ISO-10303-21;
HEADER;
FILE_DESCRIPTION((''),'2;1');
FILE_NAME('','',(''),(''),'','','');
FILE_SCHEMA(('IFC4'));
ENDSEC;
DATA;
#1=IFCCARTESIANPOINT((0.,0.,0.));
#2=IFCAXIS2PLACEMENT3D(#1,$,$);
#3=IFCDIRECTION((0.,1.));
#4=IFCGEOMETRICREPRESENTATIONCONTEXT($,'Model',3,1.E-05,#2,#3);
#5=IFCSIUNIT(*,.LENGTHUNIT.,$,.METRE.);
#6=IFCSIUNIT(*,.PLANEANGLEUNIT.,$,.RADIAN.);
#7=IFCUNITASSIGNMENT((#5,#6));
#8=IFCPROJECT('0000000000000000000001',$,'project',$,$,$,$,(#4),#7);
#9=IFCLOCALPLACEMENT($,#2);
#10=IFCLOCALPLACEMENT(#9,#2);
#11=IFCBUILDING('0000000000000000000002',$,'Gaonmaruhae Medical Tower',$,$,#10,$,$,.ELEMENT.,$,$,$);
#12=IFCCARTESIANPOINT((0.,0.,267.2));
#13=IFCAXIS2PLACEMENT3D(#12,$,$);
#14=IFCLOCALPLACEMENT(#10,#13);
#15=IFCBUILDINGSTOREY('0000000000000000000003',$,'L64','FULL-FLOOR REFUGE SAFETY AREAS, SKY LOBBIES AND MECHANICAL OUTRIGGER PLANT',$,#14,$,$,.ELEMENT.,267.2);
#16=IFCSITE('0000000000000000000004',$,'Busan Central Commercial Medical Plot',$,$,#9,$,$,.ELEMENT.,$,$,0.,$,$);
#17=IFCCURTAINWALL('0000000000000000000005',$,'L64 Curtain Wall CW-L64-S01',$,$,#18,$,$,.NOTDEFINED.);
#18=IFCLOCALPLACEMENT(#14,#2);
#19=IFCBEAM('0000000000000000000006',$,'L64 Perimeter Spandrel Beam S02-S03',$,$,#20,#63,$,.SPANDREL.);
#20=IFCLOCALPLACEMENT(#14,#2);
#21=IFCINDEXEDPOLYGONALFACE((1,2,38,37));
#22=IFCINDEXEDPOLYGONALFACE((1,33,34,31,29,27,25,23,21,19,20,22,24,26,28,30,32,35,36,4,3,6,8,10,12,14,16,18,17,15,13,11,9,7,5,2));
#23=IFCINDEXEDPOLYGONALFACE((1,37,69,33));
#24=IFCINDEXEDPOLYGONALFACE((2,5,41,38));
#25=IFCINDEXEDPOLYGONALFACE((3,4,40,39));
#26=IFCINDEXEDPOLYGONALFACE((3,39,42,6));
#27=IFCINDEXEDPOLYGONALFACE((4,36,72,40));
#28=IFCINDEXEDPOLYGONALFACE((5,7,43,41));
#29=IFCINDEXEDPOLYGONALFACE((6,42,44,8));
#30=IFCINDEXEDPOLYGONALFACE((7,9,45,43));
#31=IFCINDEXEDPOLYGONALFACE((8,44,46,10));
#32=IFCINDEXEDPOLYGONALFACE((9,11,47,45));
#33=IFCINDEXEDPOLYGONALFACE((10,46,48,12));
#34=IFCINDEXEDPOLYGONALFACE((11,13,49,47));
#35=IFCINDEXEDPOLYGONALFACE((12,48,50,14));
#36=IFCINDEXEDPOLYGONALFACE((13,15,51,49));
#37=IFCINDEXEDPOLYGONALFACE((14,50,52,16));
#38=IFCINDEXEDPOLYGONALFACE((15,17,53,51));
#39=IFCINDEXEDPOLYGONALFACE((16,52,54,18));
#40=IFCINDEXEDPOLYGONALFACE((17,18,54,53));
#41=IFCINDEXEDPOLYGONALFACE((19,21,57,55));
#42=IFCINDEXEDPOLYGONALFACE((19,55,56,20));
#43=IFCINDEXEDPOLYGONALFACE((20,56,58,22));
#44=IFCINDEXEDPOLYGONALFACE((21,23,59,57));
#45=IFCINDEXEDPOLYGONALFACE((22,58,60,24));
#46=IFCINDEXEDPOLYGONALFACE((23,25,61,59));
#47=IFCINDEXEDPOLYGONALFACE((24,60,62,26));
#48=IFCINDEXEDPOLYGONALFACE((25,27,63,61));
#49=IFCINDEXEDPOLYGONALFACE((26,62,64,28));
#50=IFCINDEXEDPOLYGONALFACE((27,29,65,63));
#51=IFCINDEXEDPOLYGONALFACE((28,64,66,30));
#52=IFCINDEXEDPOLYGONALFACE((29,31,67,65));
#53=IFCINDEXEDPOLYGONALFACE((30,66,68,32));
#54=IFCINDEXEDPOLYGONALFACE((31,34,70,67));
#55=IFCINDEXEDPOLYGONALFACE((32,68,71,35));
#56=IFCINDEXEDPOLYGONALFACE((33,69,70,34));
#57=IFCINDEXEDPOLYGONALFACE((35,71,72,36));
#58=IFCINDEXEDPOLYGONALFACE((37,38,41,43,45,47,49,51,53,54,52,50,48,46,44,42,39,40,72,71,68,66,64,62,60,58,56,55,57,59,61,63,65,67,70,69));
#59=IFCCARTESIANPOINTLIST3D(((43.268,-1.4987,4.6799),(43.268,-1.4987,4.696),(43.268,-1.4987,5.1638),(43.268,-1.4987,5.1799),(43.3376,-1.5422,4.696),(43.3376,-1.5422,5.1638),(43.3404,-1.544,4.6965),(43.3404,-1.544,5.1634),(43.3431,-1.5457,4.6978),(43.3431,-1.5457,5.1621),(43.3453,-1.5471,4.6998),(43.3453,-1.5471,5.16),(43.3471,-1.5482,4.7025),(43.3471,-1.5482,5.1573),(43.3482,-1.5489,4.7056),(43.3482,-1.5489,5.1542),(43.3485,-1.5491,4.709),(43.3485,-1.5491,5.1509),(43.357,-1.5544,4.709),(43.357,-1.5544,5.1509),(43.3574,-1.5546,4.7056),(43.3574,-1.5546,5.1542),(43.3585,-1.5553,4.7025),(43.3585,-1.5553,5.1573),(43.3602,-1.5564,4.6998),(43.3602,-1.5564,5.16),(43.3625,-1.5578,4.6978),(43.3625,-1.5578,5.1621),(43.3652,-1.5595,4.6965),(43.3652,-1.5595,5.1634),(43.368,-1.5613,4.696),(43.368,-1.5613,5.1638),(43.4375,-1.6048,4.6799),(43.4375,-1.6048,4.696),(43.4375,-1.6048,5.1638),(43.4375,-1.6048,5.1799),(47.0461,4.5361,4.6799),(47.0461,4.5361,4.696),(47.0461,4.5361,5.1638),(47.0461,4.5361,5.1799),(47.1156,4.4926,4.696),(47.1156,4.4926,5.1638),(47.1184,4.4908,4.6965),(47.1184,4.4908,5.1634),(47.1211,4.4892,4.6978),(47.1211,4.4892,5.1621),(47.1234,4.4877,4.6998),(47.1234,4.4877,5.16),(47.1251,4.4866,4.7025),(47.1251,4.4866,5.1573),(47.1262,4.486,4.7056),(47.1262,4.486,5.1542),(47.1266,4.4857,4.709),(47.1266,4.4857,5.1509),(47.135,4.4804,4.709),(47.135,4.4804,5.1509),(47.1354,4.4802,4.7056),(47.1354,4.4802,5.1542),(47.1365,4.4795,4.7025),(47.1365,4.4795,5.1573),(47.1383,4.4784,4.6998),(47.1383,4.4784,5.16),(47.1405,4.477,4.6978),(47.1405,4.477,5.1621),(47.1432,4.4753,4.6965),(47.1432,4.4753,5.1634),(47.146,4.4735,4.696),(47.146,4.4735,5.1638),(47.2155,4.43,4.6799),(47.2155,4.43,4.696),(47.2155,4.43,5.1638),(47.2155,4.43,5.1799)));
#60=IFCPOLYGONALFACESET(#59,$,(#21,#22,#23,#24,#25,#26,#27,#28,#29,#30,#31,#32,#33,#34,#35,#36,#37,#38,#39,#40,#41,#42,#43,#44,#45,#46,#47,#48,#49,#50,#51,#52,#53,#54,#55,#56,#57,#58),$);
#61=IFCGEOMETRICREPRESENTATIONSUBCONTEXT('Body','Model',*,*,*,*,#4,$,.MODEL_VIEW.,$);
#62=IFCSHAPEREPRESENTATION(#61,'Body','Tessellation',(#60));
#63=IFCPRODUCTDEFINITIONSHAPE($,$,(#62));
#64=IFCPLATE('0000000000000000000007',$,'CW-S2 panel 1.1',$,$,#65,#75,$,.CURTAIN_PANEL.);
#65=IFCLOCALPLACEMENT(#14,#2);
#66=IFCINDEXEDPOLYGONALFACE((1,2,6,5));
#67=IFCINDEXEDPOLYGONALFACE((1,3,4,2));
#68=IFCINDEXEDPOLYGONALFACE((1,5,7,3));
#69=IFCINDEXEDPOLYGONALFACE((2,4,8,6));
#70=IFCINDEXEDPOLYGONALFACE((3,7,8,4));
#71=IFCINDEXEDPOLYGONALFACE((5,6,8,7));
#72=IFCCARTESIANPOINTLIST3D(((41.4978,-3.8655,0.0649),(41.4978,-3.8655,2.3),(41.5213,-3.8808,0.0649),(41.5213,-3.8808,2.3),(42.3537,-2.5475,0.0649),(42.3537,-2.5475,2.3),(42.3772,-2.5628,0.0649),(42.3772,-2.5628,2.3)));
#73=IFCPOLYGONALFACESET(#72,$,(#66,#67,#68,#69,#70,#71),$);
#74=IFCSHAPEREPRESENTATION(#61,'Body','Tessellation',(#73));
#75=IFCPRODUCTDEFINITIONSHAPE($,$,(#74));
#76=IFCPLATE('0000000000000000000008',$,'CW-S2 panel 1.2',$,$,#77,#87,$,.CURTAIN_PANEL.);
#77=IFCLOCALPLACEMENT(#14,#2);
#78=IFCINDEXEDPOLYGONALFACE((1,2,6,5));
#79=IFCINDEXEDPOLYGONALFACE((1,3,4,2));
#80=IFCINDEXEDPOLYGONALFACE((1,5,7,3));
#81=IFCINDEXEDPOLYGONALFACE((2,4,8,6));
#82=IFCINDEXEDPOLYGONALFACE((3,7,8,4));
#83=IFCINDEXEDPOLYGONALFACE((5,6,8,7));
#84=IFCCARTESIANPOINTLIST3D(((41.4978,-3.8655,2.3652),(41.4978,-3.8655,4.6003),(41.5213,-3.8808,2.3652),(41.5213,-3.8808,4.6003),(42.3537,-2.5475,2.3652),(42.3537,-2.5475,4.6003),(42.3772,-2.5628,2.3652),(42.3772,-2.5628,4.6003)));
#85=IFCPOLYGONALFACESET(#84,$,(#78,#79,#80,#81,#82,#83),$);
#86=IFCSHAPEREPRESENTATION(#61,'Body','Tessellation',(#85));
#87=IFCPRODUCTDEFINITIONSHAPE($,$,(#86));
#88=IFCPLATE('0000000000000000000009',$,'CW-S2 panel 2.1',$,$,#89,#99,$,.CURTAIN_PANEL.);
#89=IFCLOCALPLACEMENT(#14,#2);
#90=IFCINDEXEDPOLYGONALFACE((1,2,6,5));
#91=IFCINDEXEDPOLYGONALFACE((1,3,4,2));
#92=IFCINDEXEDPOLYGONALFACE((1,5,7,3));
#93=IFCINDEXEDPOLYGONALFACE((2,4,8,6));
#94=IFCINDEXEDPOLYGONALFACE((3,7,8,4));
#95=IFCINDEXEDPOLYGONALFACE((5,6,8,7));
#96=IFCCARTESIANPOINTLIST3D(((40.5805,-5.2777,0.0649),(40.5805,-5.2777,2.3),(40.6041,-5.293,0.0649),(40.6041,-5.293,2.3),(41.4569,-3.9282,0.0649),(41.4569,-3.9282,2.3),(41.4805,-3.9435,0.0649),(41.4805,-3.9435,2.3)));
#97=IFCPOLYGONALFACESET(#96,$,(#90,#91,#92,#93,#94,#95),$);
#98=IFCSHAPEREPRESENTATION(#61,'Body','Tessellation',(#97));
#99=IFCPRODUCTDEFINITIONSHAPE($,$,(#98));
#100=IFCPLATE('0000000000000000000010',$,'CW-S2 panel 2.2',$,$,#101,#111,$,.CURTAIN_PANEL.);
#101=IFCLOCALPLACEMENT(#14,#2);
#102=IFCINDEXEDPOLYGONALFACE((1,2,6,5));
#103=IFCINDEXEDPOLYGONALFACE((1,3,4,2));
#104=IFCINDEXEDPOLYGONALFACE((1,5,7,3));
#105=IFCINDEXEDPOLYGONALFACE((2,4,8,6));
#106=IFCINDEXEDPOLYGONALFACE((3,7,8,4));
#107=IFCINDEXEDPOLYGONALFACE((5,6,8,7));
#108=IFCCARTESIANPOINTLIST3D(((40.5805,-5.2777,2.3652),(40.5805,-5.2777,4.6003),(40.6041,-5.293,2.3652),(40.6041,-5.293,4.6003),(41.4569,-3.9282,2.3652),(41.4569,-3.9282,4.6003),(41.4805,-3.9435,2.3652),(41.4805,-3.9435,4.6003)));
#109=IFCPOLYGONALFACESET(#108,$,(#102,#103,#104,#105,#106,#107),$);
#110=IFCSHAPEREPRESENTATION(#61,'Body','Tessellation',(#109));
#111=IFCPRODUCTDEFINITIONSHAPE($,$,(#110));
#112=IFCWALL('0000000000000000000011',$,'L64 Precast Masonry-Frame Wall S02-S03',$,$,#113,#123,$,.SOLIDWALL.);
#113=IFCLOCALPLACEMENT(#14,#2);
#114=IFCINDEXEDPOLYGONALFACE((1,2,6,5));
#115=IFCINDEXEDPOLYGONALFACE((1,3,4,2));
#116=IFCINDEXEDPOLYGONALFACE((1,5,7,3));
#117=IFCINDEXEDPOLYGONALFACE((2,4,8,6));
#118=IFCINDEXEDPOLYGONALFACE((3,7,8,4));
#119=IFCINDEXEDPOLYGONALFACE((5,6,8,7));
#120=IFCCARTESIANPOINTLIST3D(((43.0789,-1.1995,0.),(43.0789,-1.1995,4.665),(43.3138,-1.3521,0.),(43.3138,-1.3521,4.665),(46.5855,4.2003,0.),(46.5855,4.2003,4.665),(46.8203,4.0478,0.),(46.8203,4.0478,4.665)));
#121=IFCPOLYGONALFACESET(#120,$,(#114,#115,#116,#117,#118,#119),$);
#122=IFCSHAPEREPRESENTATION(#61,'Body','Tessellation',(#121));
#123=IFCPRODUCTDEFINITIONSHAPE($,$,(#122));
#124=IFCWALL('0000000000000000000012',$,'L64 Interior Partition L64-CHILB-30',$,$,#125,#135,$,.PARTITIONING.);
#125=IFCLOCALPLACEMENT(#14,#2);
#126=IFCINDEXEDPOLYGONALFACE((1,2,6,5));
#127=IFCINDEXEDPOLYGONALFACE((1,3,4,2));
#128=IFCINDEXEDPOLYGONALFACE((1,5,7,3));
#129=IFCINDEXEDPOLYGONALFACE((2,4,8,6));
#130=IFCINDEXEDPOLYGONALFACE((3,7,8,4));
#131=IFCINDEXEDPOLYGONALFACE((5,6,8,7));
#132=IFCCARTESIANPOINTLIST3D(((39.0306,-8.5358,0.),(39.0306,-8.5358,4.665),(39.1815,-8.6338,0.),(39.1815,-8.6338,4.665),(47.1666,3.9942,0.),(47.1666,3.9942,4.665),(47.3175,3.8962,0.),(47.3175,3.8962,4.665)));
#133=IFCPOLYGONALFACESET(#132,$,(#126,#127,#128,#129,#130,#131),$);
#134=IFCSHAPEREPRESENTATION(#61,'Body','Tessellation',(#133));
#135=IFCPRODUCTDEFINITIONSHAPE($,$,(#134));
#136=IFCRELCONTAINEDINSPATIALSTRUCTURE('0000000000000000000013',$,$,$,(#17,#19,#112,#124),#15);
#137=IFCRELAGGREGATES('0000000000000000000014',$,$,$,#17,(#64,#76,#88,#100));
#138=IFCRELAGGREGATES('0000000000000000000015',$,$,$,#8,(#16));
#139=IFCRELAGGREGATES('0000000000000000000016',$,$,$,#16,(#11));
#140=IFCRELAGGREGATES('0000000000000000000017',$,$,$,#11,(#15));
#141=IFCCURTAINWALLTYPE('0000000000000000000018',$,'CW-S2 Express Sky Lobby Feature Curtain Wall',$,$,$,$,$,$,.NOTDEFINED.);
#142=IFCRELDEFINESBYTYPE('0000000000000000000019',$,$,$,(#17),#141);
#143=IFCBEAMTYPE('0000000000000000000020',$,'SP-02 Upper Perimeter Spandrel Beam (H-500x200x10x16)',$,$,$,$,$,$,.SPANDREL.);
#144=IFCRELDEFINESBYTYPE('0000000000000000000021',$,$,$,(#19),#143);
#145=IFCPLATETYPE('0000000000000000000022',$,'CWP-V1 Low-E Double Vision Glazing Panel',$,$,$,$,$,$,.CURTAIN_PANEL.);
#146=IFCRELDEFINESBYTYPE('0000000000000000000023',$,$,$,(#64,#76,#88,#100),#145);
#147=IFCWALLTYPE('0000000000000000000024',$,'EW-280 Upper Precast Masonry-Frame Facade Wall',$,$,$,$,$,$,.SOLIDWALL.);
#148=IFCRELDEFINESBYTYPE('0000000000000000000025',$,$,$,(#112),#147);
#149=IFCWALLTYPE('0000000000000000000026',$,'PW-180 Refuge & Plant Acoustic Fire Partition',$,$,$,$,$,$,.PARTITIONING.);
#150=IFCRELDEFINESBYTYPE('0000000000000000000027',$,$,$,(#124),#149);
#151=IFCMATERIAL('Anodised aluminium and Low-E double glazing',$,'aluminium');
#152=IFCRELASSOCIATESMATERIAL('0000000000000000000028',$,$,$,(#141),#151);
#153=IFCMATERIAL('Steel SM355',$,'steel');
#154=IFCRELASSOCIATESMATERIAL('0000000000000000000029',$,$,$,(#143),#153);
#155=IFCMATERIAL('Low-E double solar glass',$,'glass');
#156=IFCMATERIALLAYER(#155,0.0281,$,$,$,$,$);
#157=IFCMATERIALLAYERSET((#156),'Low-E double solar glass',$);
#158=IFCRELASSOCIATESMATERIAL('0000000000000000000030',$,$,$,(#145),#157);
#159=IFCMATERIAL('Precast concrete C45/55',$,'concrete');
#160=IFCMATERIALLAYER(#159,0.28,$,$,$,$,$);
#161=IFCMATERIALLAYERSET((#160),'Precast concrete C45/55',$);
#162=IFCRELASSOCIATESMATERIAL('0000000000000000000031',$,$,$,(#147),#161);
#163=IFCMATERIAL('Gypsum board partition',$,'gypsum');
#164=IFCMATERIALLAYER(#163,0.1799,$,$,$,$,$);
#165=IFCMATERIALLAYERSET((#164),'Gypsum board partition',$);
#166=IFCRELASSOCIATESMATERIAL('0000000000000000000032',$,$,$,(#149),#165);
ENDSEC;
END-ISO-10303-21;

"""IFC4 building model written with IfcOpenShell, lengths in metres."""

from ifc_helpers import new_model, si_unit, direction, frame, frame_2d, origin, origin_2d, place, context, subcontext, project, spatial, rectangle, i_section, extrude, material, layer, layer_set, material_profile, profile_set, type_object, element, aggregate, save


model = new_model("IFC4")

# Units and contexts
model_context = context("Model", 3, precision=1e-05, world=origin(), true_north=direction((0.0, 1.0)))
body_context = subcontext(model_context, "Body", "Model", "MODEL_VIEW")
ifc_project = project(units=[si_unit("LENGTHUNIT", "METRE"), si_unit("PLANEANGLEUNIT", "RADIAN")], contexts=[model_context])

# Site, building, storey
site_placement = place(None, origin())
site = spatial("IfcSite", under=ifc_project, at=site_placement, Name="Busan Central Commercial Medical Plot", CompositionType="ELEMENT", RefElevation=0.0)
building_placement = place(site_placement, origin())
building = spatial("IfcBuilding", under=site, at=building_placement, Name="Gaonmaruhae Medical Tower", CompositionType="ELEMENT")
storey_placement = place(building_placement, frame((0.0, 0.0, 267.2)))
storey = spatial("IfcBuildingStorey", under=building, at=storey_placement, Name="L64", Description="FULL-FLOOR REFUGE SAFETY AREAS, SKY LOBBIES AND MECHANICAL OUTRIGGER PLANT", CompositionType="ELEMENT", Elevation=267.2)

# Curtain wall
ifc_material_1 = material(Name="Anodised aluminium and Low-E double glazing", Category="aluminium")
curtain_wall_type = type_object("IfcCurtainWallType", Name="CW-S2 Express Sky Lobby Feature Curtain Wall", PredefinedType="NOTDEFINED", material=ifc_material_1)
curtain_wall_placement = place(storey_placement, origin())
curtain_wall = element("IfcCurtainWall", 1, at=curtain_wall_placement, inside=storey, type_object=curtain_wall_type, Name="L64 Curtain Wall CW-L64-S01", PredefinedType="NOTDEFINED")

# Beam
ifc_material_2 = material(Name="Steel SM355", Category="steel")
ifc_material_profile_1 = material_profile(ifc_material_2, i_section(OverallWidth=0.2, OverallDepth=0.5, WebThickness=0.01, FlangeThickness=0.0161, FilletRadius=0.0129, at=origin_2d()), Name="H-500x200x10x16")
ifc_profile_set_1 = profile_set([ifc_material_profile_1], Name="Steel SM355")
beam_type = type_object("IfcBeamType", Name="SP-02 Upper Perimeter Spandrel Beam (H-500x200x10x16)", PredefinedType="SPANDREL", material=ifc_profile_set_1)
beam_placement = place(storey_placement, frame((43.3528, -1.5518, 4.9299), z_axis=(0.530631, 0.847603, 0.0), x_axis=(-0.847603, 0.530631, 0.0)))
element("IfcBeam", 2, at=beam_placement, inside=storey, type_object=beam_type, Name="L64 Perimeter Spandrel Beam S02-S03", PredefinedType="SPANDREL", context=body_context, shape_type="SweptSolid", body=[
    extrude(i_section(OverallWidth=0.2, OverallDepth=0.5, WebThickness=0.01, FlangeThickness=0.0161, FilletRadius=0.0129, at=origin_2d()), origin(), (0.0, 0.0, 1.0), 7.1199),
])

# Plates
ifc_material_3 = material(Name="Low-E double solar glass", Category="glass")
ifc_layer_1 = layer(ifc_material_3, 0.0281)
ifc_layer_set_1 = layer_set([ifc_layer_1], Name="Low-E double solar glass")
plate_type = type_object("IfcPlateType", Name="CWP-V1 Low-E Double Vision Glazing Panel", PredefinedType="CURTAIN_PANEL", material=ifc_layer_set_1)
plate_1_placement = place(storey_placement, frame((41.9375, -3.2141, 0.0649), z_axis=(0.0, 0.0, 1.0), x_axis=(-0.544643, -0.838668, 0.0)))
plate_1 = element("IfcPlate", 3, at=plate_1_placement, type_object=plate_type, Name="CW-S2 panel 1.1", PredefinedType="CURTAIN_PANEL", context=body_context, shape_type="SweptSolid", body=[
    extrude(rectangle(XDim=1.5715, YDim=0.0281, at=origin_2d()), origin(), (0.0, 0.0, 1.0), 2.2351),
])
plate_2_placement = place(storey_placement, frame((41.9375, -3.2141, 2.3652), z_axis=(0.0, 0.0, 1.0), x_axis=(-0.544643, -0.838668, 0.0)))
plate_2 = element("IfcPlate", 4, at=plate_2_placement, type_object=plate_type, Name="CW-S2 panel 1.2", PredefinedType="CURTAIN_PANEL", context=body_context, shape_type="SweptSolid", body=[
    extrude(rectangle(XDim=1.5715, YDim=0.0281, at=origin_2d()), origin(), (0.0, 0.0, 1.0), 2.2351),
])
plate_3_placement = place(storey_placement, frame((41.0305, -4.6106, 0.0649), z_axis=(0.0, 0.0, 1.0), x_axis=(-0.544643, -0.838668, 0.0)))
plate_3 = element("IfcPlate", 5, at=plate_3_placement, type_object=plate_type, Name="CW-S2 panel 2.1", PredefinedType="CURTAIN_PANEL", context=body_context, shape_type="SweptSolid", body=[
    extrude(rectangle(XDim=1.6091, YDim=0.0281, at=origin_2d()), origin(), (0.0, 0.0, 1.0), 2.2351),
])
plate_4_placement = place(storey_placement, frame((41.0305, -4.6106, 2.3652), z_axis=(0.0, 0.0, 1.0), x_axis=(-0.544643, -0.838668, 0.0)))
plate_4 = element("IfcPlate", 6, at=plate_4_placement, type_object=plate_type, Name="CW-S2 panel 2.2", PredefinedType="CURTAIN_PANEL", context=body_context, shape_type="SweptSolid", body=[
    extrude(rectangle(XDim=1.6091, YDim=0.0281, at=origin_2d()), origin(), (0.0, 0.0, 1.0), 2.2351),
])
aggregate(curtain_wall, [plate_1, plate_2, plate_3, plate_4])

# Walls
ifc_material_4 = material(Name="Precast concrete C45/55", Category="concrete")
ifc_layer_2 = layer(ifc_material_4, 0.28)
ifc_layer_set_2 = layer_set([ifc_layer_2], Name="Precast concrete C45/55")
wall_type_1 = type_object("IfcWallType", Name="EW-280 Upper Precast Masonry-Frame Facade Wall", PredefinedType="SOLIDWALL", material=ifc_layer_set_2)
wall_1_placement = place(storey_placement, frame((46.7029, 4.124, 0.0), z_axis=(0.0, 0.0, 1.0), x_axis=(-0.544623, -0.838681, 0.0)))
element("IfcWall", 7, at=wall_1_placement, inside=storey, type_object=wall_type_1, Name="L64 Precast Masonry-Frame Wall S02-S03", PredefinedType="SOLIDWALL", context=body_context, shape_type="SweptSolid", body=[
    extrude(rectangle(XDim=6.4385, YDim=0.28, at=frame_2d((3.2192, 0.0))), origin(), (0.0, 0.0, 1.0), 4.665),
])
ifc_material_5 = material(Name="Gypsum board partition", Category="gypsum")
ifc_layer_3 = layer(ifc_material_5, 0.1799)
ifc_layer_set_3 = layer_set([ifc_layer_3], Name="Gypsum board partition")
wall_type_2 = type_object("IfcWallType", Name="PW-180 Refuge & Plant Acoustic Fire Partition", PredefinedType="PARTITIONING", material=ifc_layer_set_3)
wall_2_placement = place(storey_placement, frame((47.2419, 3.9451, 0.0), z_axis=(0.0, 0.0, 1.0), x_axis=(-0.544587, -0.838704, 0.0)))
element("IfcWall", 8, at=wall_2_placement, inside=storey, type_object=wall_type_2, Name="L64 Interior Partition L64-CHILB-30", PredefinedType="PARTITIONING", context=body_context, shape_type="SweptSolid", body=[
    extrude(rectangle(XDim=14.9397, YDim=0.1799, at=frame_2d((7.4697, 0.0))), origin(), (0.0, 0.0, 1.0), 4.665),
])

save(model, "model.ifc")
